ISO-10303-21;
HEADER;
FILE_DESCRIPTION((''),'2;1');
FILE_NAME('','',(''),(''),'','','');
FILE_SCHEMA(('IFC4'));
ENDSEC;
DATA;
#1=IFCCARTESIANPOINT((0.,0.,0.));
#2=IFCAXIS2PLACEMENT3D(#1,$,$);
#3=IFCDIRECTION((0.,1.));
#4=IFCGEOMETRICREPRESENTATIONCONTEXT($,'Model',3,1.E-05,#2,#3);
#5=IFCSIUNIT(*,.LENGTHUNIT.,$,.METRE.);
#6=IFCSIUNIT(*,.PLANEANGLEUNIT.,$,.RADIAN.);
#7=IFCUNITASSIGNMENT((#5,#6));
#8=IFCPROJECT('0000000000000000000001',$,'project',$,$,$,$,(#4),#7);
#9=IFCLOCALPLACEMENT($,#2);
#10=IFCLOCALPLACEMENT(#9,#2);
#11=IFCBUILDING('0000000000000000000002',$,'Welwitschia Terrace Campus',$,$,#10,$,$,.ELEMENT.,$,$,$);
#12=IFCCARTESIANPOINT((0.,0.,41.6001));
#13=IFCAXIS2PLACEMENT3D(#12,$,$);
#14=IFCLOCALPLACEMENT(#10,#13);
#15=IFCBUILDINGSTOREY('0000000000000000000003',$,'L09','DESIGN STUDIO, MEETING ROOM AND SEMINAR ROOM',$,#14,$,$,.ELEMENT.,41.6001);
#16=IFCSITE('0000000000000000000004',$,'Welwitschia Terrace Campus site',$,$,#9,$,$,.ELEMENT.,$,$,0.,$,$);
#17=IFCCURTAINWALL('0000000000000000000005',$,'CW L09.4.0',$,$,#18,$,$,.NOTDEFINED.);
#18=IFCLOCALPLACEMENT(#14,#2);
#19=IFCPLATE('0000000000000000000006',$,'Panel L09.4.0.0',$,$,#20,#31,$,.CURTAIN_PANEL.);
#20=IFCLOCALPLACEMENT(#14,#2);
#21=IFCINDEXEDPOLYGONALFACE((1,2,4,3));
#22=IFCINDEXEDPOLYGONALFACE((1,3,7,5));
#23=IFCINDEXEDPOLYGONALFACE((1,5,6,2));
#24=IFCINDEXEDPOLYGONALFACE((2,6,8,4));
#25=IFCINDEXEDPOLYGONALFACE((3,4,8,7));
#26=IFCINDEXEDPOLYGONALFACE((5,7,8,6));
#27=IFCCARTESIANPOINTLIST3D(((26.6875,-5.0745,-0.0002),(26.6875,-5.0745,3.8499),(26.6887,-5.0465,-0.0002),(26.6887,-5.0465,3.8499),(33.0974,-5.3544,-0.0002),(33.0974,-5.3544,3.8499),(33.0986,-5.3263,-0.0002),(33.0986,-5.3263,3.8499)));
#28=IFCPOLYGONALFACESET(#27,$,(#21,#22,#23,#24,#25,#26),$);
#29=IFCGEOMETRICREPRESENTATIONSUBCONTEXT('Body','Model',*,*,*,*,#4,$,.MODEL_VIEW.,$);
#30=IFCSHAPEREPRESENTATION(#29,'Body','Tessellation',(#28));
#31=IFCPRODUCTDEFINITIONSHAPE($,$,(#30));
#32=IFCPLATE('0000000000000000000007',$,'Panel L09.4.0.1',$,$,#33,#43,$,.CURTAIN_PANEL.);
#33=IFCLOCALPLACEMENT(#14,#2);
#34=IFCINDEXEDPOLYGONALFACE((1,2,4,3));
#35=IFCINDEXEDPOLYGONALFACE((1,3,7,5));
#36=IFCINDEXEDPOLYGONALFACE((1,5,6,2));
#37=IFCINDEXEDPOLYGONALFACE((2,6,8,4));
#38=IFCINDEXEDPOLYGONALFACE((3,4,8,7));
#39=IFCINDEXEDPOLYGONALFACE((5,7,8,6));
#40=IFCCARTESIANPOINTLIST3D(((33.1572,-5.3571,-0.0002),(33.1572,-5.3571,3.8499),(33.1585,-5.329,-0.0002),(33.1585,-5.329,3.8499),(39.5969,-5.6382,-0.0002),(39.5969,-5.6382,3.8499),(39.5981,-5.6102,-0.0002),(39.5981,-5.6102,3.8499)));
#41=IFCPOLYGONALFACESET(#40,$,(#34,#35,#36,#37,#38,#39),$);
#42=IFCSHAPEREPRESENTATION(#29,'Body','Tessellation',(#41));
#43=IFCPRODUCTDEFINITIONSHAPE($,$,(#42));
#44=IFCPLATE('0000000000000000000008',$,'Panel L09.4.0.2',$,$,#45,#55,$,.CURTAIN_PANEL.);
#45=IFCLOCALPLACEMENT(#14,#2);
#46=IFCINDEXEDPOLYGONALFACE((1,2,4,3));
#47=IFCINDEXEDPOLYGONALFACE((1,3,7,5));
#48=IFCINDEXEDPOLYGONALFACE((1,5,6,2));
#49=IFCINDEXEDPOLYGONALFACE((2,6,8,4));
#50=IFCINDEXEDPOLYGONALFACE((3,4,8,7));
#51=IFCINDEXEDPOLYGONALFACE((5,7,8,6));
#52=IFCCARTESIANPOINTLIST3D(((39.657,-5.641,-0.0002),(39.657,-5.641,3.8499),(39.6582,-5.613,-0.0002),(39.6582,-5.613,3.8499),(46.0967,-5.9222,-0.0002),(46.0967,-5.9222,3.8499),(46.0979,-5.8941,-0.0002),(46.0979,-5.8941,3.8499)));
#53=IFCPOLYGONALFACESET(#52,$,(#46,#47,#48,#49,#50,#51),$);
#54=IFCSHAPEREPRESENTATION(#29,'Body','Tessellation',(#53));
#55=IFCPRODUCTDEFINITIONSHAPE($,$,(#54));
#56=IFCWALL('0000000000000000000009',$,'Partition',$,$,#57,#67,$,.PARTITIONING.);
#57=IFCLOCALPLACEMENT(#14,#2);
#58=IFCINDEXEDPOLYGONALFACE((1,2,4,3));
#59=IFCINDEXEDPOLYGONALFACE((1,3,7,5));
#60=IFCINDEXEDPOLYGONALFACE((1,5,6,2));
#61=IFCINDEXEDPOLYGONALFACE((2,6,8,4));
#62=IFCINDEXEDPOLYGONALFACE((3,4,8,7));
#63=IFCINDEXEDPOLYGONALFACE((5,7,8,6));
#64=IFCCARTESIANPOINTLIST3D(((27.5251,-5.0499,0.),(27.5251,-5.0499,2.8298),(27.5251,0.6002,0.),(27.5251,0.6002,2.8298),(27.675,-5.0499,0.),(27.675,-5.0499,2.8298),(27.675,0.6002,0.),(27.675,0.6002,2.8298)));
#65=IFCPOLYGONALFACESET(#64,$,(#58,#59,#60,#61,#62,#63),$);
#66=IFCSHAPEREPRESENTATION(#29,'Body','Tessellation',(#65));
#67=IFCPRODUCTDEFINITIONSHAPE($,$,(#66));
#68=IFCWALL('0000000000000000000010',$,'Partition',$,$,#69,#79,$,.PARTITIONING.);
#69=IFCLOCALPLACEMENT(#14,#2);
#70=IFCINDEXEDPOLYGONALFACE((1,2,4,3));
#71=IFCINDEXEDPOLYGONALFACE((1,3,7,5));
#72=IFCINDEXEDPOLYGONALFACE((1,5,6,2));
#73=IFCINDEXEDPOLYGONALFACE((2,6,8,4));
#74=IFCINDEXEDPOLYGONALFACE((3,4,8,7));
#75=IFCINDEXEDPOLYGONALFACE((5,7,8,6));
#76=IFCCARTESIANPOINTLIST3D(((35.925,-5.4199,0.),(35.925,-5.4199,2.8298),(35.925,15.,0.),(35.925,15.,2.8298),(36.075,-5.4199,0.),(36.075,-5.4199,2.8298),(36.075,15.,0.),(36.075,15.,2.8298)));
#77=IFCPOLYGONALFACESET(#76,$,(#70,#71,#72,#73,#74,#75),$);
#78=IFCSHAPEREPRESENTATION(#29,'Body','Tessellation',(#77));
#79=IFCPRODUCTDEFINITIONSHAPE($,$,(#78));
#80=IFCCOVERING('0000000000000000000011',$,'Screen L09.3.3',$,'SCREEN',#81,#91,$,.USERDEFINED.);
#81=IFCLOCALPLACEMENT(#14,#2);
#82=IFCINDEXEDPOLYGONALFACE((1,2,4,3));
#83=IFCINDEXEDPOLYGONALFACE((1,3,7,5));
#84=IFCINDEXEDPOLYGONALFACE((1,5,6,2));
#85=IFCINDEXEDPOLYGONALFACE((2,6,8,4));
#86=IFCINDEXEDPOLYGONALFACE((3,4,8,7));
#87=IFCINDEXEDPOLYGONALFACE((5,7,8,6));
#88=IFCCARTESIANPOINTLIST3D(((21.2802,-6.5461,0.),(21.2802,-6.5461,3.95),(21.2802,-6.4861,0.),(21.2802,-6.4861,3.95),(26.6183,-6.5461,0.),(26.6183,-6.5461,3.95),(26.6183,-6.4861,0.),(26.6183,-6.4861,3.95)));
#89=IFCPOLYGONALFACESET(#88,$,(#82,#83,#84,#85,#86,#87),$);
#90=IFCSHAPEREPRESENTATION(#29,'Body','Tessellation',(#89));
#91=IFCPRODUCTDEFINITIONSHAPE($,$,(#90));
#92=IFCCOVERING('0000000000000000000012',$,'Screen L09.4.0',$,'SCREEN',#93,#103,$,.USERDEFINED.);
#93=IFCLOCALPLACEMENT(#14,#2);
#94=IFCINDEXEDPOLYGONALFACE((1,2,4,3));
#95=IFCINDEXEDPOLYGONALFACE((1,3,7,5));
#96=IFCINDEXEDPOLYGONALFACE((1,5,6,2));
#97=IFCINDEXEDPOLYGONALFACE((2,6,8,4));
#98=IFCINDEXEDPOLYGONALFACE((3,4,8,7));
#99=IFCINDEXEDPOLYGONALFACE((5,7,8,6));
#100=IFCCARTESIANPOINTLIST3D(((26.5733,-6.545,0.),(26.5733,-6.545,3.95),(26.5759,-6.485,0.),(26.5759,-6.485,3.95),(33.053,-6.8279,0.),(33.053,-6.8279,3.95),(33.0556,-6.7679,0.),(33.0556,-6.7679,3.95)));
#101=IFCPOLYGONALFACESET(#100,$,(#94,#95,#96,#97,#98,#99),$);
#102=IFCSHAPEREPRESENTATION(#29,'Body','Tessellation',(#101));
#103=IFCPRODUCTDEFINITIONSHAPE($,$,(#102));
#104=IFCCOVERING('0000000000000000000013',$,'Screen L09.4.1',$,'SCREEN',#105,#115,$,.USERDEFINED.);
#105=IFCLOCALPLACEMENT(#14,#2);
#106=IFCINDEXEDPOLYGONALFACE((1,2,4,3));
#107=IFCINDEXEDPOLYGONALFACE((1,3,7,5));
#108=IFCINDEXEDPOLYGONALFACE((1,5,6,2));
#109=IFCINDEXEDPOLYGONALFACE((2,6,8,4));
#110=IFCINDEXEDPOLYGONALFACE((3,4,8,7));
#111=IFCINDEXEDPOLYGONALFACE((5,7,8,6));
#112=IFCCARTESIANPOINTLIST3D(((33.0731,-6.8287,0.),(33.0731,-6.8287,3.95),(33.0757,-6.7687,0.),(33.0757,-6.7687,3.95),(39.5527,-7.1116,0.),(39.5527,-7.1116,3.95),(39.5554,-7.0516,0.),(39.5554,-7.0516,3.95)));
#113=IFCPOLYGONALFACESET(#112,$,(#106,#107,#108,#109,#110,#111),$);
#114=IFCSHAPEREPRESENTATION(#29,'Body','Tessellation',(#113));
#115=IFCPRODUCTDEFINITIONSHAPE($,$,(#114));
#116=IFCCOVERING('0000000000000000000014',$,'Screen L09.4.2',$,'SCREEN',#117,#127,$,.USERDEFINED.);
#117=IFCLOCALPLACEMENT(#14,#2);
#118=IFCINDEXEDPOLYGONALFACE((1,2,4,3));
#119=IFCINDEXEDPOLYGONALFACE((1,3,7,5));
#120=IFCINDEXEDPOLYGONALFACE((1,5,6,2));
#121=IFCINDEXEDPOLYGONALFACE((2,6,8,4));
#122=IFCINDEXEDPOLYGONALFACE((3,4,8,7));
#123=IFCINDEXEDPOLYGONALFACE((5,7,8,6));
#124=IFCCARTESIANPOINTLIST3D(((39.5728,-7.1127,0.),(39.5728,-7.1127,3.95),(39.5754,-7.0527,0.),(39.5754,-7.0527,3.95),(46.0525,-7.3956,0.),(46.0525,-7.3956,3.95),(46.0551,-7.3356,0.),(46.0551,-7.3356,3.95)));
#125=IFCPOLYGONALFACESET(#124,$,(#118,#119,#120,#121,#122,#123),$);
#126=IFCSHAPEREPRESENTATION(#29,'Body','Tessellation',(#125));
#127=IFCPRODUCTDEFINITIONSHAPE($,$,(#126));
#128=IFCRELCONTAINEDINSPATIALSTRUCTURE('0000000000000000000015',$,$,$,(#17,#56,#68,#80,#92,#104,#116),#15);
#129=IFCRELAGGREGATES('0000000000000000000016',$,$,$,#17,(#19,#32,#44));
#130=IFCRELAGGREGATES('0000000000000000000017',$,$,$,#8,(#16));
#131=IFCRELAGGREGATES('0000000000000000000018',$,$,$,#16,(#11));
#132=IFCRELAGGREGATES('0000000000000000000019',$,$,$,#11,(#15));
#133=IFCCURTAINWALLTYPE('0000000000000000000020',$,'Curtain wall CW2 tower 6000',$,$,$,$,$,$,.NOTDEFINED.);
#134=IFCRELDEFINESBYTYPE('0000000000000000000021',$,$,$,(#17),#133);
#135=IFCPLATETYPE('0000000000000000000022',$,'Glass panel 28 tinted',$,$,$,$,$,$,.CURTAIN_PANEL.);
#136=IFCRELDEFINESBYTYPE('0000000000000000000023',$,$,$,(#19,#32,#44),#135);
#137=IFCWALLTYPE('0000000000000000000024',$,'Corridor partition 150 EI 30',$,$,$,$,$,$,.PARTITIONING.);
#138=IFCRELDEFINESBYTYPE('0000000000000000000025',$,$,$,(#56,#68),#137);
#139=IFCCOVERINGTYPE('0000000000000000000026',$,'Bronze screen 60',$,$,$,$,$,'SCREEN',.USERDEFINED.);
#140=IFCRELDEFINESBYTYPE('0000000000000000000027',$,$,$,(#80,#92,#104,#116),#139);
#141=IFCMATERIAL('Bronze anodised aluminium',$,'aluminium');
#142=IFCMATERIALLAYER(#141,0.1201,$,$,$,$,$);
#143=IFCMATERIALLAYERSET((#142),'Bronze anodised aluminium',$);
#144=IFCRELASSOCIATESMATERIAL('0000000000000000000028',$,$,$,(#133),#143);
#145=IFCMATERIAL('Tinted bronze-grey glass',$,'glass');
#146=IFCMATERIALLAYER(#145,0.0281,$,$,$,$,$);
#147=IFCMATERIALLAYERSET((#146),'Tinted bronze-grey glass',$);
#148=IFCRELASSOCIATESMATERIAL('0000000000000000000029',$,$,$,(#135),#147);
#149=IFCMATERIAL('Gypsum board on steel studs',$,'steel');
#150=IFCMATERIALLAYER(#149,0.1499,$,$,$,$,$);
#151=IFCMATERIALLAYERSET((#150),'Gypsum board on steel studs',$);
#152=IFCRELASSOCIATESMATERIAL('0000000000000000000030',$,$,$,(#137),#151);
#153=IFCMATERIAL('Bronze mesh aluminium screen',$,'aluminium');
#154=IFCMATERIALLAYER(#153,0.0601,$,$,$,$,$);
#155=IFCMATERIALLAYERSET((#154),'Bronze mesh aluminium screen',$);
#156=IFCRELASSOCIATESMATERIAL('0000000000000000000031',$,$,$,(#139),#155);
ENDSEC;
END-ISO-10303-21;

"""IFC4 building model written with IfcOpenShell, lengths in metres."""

from ifc_helpers import new_model, si_unit, direction, frame, frame_2d, origin, origin_2d, place, context, subcontext, project, spatial, rectangle, extrude, material, layer, layer_set, type_object, element, aggregate, save


model = new_model("IFC4")

# Units and contexts
model_context = context("Model", 3, precision=1e-05, world=origin(), true_north=direction((0.0, 1.0)))
body_context = subcontext(model_context, "Body", "Model", "MODEL_VIEW")
ifc_project = project(units=[si_unit("LENGTHUNIT", "METRE"), si_unit("PLANEANGLEUNIT", "RADIAN")], contexts=[model_context])

# Site, building, storey
site_placement = place(None, origin())
site = spatial("IfcSite", under=ifc_project, at=site_placement, Name="Welwitschia Terrace Campus site", CompositionType="ELEMENT", RefElevation=0.0)
building_placement = place(site_placement, origin())
building = spatial("IfcBuilding", under=site, at=building_placement, Name="Welwitschia Terrace Campus", CompositionType="ELEMENT")
storey_placement = place(building_placement, frame((0.0, 0.0, 41.6001)))
storey = spatial("IfcBuildingStorey", under=building, at=storey_placement, Name="L09", Description="DESIGN STUDIO, MEETING ROOM AND SEMINAR ROOM", CompositionType="ELEMENT", Elevation=41.6001)

# Shared definitions
ifc_material_1 = material(Name="Bronze anodised aluminium", Category="aluminium")
ifc_layer_1 = layer(ifc_material_1, 0.1201)
ifc_layer_set_1 = layer_set([ifc_layer_1], Name="Bronze anodised aluminium")
curtain_wall_type = type_object("IfcCurtainWallType", Name="Curtain wall CW2 tower 6000", PredefinedType="NOTDEFINED", material=ifc_layer_set_1)

# Curtain wall
curtain_wall_1_placement = place(storey_placement, origin())
curtain_wall_1 = element("IfcCurtainWall", 1, at=curtain_wall_1_placement, inside=storey, type_object=curtain_wall_type, Name="CW L09.4.0", PredefinedType="NOTDEFINED")

# Plates
ifc_material_2 = material(Name="Tinted bronze-grey glass", Category="glass")
ifc_layer_2 = layer(ifc_material_2, 0.0281)
ifc_layer_set_2 = layer_set([ifc_layer_2], Name="Tinted bronze-grey glass")
plate_type = type_object("IfcPlateType", Name="Glass panel 28 tinted", PredefinedType="CURTAIN_PANEL", material=ifc_layer_set_2)
plate_1_placement = place(storey_placement, frame((29.8931, -5.2004, -0.0002), z_axis=(0.0, 0.0, 1.0), x_axis=(0.999048, -0.043619, 0.0)))
plate_1 = element("IfcPlate", 2, at=plate_1_placement, type_object=plate_type, Name="Panel L09.4.0.0", PredefinedType="CURTAIN_PANEL", context=body_context, shape_type="SweptSolid", body=[
    extrude(rectangle(XDim=6.416, YDim=0.0281, at=origin_2d()), origin(), (0.0, 0.0, 1.0), 3.8501),
])
plate_2_placement = place(storey_placement, frame((36.3777, -5.4836, -0.0002), z_axis=(0.0, 0.0, 1.0), x_axis=(0.999048, -0.043619, 0.0)))
plate_2 = element("IfcPlate", 3, at=plate_2_placement, type_object=plate_type, Name="Panel L09.4.0.1", PredefinedType="CURTAIN_PANEL", context=body_context, shape_type="SweptSolid", body=[
    extrude(rectangle(XDim=6.4458, YDim=0.0281, at=origin_2d()), origin(), (0.0, 0.0, 1.0), 3.8501),
])
plate_3_placement = place(storey_placement, frame((42.8774, -5.7676, -0.0002), z_axis=(0.0, 0.0, 1.0), x_axis=(0.999048, -0.043619, 0.0)))
plate_3 = element("IfcPlate", 4, at=plate_3_placement, type_object=plate_type, Name="Panel L09.4.0.2", PredefinedType="CURTAIN_PANEL", context=body_context, shape_type="SweptSolid", body=[
    extrude(rectangle(XDim=6.4458, YDim=0.0281, at=origin_2d()), origin(), (0.0, 0.0, 1.0), 3.8501),
])
aggregate(curtain_wall_1, [plate_1, plate_2, plate_3])

# Walls
ifc_material_3 = material(Name="Gypsum board on steel studs", Category="steel")
ifc_layer_3 = layer(ifc_material_3, 0.1499)
ifc_layer_set_3 = layer_set([ifc_layer_3], Name="Gypsum board on steel studs")
wall_type = type_object("IfcWallType", Name="Corridor partition 150 EI 30", PredefinedType="PARTITIONING", material=ifc_layer_set_3)
wall_1_placement = place(storey_placement, frame((27.6001, -5.05, 0.0), z_axis=(0.0, 0.0, 1.0), x_axis=(0.0, 1.0, 0.0)))
element("IfcWall", 5, at=wall_1_placement, inside=storey, type_object=wall_type, Name="Partition", PredefinedType="PARTITIONING", context=body_context, shape_type="SweptSolid", body=[
    extrude(rectangle(XDim=5.6501, YDim=0.1499, at=frame_2d((2.8252, 0.0))), origin(), (0.0, 0.0, 1.0), 2.8298),
])
wall_2_placement = place(storey_placement, frame((36.0, -5.4199, 0.0), z_axis=(0.0, 0.0, 1.0), x_axis=(0.0, 1.0, 0.0)))
element("IfcWall", 6, at=wall_2_placement, inside=storey, type_object=wall_type, Name="Partition", PredefinedType="PARTITIONING", context=body_context, shape_type="SweptSolid", body=[
    extrude(rectangle(XDim=20.4199, YDim=0.1499, at=frame_2d((10.21, 0.0))), origin(), (0.0, 0.0, 1.0), 2.8298),
])

# Coverings
ifc_material_4 = material(Name="Bronze mesh aluminium screen", Category="aluminium")
ifc_layer_4 = layer(ifc_material_4, 0.0601)
ifc_layer_set_4 = layer_set([ifc_layer_4], Name="Bronze mesh aluminium screen")
covering_type = type_object("IfcCoveringType", Name="Bronze screen 60", ElementType="SCREEN", PredefinedType="USERDEFINED", material=ifc_layer_set_4)
covering_placement = place(storey_placement, frame((23.9492, -6.5161, 0.0), z_axis=(0.0, 0.0, 1.0), x_axis=(1.0, 0.0, 0.0)))
element("IfcCovering", 7, at=covering_placement, inside=storey, type_object=covering_type, Name="Screen L09.3.3", ObjectType="SCREEN", PredefinedType="USERDEFINED", context=body_context, shape_type="SweptSolid", body=[
    extrude(rectangle(XDim=5.3381, YDim=0.0601, at=origin_2d()), origin(), (0.0, 0.0, 1.0), 3.95),
])
for number, where, z_axis, x_axis, name in (
    (8, (29.8145, -6.6565, 0.0), (0.0, 0.0, 1.0), (0.999048, -0.043619, 0.0), "Screen L09.4.0"),
    (9, (36.3142, -6.9402, 0.0), (0.0, 0.0, 1.0), (0.999048, -0.043619, 0.0), "Screen L09.4.1"),
    (10, (42.814, -7.2241, 0.0), (0.0, 0.0, 1.0), (0.999048, -0.043619, 0.0), "Screen L09.4.2"),
):
    element("IfcCovering", number, at=place(storey_placement, frame(where, z_axis=z_axis, x_axis=x_axis)), inside=storey, type_object=covering_type, Name=name, ObjectType="SCREEN", PredefinedType="USERDEFINED", context=body_context, shape_type="SweptSolid", body=[
        extrude(rectangle(XDim=6.4858, YDim=0.0601, at=origin_2d()), origin(), (0.0, 0.0, 1.0), 3.95),
    ])

save(model, "model.ifc")
